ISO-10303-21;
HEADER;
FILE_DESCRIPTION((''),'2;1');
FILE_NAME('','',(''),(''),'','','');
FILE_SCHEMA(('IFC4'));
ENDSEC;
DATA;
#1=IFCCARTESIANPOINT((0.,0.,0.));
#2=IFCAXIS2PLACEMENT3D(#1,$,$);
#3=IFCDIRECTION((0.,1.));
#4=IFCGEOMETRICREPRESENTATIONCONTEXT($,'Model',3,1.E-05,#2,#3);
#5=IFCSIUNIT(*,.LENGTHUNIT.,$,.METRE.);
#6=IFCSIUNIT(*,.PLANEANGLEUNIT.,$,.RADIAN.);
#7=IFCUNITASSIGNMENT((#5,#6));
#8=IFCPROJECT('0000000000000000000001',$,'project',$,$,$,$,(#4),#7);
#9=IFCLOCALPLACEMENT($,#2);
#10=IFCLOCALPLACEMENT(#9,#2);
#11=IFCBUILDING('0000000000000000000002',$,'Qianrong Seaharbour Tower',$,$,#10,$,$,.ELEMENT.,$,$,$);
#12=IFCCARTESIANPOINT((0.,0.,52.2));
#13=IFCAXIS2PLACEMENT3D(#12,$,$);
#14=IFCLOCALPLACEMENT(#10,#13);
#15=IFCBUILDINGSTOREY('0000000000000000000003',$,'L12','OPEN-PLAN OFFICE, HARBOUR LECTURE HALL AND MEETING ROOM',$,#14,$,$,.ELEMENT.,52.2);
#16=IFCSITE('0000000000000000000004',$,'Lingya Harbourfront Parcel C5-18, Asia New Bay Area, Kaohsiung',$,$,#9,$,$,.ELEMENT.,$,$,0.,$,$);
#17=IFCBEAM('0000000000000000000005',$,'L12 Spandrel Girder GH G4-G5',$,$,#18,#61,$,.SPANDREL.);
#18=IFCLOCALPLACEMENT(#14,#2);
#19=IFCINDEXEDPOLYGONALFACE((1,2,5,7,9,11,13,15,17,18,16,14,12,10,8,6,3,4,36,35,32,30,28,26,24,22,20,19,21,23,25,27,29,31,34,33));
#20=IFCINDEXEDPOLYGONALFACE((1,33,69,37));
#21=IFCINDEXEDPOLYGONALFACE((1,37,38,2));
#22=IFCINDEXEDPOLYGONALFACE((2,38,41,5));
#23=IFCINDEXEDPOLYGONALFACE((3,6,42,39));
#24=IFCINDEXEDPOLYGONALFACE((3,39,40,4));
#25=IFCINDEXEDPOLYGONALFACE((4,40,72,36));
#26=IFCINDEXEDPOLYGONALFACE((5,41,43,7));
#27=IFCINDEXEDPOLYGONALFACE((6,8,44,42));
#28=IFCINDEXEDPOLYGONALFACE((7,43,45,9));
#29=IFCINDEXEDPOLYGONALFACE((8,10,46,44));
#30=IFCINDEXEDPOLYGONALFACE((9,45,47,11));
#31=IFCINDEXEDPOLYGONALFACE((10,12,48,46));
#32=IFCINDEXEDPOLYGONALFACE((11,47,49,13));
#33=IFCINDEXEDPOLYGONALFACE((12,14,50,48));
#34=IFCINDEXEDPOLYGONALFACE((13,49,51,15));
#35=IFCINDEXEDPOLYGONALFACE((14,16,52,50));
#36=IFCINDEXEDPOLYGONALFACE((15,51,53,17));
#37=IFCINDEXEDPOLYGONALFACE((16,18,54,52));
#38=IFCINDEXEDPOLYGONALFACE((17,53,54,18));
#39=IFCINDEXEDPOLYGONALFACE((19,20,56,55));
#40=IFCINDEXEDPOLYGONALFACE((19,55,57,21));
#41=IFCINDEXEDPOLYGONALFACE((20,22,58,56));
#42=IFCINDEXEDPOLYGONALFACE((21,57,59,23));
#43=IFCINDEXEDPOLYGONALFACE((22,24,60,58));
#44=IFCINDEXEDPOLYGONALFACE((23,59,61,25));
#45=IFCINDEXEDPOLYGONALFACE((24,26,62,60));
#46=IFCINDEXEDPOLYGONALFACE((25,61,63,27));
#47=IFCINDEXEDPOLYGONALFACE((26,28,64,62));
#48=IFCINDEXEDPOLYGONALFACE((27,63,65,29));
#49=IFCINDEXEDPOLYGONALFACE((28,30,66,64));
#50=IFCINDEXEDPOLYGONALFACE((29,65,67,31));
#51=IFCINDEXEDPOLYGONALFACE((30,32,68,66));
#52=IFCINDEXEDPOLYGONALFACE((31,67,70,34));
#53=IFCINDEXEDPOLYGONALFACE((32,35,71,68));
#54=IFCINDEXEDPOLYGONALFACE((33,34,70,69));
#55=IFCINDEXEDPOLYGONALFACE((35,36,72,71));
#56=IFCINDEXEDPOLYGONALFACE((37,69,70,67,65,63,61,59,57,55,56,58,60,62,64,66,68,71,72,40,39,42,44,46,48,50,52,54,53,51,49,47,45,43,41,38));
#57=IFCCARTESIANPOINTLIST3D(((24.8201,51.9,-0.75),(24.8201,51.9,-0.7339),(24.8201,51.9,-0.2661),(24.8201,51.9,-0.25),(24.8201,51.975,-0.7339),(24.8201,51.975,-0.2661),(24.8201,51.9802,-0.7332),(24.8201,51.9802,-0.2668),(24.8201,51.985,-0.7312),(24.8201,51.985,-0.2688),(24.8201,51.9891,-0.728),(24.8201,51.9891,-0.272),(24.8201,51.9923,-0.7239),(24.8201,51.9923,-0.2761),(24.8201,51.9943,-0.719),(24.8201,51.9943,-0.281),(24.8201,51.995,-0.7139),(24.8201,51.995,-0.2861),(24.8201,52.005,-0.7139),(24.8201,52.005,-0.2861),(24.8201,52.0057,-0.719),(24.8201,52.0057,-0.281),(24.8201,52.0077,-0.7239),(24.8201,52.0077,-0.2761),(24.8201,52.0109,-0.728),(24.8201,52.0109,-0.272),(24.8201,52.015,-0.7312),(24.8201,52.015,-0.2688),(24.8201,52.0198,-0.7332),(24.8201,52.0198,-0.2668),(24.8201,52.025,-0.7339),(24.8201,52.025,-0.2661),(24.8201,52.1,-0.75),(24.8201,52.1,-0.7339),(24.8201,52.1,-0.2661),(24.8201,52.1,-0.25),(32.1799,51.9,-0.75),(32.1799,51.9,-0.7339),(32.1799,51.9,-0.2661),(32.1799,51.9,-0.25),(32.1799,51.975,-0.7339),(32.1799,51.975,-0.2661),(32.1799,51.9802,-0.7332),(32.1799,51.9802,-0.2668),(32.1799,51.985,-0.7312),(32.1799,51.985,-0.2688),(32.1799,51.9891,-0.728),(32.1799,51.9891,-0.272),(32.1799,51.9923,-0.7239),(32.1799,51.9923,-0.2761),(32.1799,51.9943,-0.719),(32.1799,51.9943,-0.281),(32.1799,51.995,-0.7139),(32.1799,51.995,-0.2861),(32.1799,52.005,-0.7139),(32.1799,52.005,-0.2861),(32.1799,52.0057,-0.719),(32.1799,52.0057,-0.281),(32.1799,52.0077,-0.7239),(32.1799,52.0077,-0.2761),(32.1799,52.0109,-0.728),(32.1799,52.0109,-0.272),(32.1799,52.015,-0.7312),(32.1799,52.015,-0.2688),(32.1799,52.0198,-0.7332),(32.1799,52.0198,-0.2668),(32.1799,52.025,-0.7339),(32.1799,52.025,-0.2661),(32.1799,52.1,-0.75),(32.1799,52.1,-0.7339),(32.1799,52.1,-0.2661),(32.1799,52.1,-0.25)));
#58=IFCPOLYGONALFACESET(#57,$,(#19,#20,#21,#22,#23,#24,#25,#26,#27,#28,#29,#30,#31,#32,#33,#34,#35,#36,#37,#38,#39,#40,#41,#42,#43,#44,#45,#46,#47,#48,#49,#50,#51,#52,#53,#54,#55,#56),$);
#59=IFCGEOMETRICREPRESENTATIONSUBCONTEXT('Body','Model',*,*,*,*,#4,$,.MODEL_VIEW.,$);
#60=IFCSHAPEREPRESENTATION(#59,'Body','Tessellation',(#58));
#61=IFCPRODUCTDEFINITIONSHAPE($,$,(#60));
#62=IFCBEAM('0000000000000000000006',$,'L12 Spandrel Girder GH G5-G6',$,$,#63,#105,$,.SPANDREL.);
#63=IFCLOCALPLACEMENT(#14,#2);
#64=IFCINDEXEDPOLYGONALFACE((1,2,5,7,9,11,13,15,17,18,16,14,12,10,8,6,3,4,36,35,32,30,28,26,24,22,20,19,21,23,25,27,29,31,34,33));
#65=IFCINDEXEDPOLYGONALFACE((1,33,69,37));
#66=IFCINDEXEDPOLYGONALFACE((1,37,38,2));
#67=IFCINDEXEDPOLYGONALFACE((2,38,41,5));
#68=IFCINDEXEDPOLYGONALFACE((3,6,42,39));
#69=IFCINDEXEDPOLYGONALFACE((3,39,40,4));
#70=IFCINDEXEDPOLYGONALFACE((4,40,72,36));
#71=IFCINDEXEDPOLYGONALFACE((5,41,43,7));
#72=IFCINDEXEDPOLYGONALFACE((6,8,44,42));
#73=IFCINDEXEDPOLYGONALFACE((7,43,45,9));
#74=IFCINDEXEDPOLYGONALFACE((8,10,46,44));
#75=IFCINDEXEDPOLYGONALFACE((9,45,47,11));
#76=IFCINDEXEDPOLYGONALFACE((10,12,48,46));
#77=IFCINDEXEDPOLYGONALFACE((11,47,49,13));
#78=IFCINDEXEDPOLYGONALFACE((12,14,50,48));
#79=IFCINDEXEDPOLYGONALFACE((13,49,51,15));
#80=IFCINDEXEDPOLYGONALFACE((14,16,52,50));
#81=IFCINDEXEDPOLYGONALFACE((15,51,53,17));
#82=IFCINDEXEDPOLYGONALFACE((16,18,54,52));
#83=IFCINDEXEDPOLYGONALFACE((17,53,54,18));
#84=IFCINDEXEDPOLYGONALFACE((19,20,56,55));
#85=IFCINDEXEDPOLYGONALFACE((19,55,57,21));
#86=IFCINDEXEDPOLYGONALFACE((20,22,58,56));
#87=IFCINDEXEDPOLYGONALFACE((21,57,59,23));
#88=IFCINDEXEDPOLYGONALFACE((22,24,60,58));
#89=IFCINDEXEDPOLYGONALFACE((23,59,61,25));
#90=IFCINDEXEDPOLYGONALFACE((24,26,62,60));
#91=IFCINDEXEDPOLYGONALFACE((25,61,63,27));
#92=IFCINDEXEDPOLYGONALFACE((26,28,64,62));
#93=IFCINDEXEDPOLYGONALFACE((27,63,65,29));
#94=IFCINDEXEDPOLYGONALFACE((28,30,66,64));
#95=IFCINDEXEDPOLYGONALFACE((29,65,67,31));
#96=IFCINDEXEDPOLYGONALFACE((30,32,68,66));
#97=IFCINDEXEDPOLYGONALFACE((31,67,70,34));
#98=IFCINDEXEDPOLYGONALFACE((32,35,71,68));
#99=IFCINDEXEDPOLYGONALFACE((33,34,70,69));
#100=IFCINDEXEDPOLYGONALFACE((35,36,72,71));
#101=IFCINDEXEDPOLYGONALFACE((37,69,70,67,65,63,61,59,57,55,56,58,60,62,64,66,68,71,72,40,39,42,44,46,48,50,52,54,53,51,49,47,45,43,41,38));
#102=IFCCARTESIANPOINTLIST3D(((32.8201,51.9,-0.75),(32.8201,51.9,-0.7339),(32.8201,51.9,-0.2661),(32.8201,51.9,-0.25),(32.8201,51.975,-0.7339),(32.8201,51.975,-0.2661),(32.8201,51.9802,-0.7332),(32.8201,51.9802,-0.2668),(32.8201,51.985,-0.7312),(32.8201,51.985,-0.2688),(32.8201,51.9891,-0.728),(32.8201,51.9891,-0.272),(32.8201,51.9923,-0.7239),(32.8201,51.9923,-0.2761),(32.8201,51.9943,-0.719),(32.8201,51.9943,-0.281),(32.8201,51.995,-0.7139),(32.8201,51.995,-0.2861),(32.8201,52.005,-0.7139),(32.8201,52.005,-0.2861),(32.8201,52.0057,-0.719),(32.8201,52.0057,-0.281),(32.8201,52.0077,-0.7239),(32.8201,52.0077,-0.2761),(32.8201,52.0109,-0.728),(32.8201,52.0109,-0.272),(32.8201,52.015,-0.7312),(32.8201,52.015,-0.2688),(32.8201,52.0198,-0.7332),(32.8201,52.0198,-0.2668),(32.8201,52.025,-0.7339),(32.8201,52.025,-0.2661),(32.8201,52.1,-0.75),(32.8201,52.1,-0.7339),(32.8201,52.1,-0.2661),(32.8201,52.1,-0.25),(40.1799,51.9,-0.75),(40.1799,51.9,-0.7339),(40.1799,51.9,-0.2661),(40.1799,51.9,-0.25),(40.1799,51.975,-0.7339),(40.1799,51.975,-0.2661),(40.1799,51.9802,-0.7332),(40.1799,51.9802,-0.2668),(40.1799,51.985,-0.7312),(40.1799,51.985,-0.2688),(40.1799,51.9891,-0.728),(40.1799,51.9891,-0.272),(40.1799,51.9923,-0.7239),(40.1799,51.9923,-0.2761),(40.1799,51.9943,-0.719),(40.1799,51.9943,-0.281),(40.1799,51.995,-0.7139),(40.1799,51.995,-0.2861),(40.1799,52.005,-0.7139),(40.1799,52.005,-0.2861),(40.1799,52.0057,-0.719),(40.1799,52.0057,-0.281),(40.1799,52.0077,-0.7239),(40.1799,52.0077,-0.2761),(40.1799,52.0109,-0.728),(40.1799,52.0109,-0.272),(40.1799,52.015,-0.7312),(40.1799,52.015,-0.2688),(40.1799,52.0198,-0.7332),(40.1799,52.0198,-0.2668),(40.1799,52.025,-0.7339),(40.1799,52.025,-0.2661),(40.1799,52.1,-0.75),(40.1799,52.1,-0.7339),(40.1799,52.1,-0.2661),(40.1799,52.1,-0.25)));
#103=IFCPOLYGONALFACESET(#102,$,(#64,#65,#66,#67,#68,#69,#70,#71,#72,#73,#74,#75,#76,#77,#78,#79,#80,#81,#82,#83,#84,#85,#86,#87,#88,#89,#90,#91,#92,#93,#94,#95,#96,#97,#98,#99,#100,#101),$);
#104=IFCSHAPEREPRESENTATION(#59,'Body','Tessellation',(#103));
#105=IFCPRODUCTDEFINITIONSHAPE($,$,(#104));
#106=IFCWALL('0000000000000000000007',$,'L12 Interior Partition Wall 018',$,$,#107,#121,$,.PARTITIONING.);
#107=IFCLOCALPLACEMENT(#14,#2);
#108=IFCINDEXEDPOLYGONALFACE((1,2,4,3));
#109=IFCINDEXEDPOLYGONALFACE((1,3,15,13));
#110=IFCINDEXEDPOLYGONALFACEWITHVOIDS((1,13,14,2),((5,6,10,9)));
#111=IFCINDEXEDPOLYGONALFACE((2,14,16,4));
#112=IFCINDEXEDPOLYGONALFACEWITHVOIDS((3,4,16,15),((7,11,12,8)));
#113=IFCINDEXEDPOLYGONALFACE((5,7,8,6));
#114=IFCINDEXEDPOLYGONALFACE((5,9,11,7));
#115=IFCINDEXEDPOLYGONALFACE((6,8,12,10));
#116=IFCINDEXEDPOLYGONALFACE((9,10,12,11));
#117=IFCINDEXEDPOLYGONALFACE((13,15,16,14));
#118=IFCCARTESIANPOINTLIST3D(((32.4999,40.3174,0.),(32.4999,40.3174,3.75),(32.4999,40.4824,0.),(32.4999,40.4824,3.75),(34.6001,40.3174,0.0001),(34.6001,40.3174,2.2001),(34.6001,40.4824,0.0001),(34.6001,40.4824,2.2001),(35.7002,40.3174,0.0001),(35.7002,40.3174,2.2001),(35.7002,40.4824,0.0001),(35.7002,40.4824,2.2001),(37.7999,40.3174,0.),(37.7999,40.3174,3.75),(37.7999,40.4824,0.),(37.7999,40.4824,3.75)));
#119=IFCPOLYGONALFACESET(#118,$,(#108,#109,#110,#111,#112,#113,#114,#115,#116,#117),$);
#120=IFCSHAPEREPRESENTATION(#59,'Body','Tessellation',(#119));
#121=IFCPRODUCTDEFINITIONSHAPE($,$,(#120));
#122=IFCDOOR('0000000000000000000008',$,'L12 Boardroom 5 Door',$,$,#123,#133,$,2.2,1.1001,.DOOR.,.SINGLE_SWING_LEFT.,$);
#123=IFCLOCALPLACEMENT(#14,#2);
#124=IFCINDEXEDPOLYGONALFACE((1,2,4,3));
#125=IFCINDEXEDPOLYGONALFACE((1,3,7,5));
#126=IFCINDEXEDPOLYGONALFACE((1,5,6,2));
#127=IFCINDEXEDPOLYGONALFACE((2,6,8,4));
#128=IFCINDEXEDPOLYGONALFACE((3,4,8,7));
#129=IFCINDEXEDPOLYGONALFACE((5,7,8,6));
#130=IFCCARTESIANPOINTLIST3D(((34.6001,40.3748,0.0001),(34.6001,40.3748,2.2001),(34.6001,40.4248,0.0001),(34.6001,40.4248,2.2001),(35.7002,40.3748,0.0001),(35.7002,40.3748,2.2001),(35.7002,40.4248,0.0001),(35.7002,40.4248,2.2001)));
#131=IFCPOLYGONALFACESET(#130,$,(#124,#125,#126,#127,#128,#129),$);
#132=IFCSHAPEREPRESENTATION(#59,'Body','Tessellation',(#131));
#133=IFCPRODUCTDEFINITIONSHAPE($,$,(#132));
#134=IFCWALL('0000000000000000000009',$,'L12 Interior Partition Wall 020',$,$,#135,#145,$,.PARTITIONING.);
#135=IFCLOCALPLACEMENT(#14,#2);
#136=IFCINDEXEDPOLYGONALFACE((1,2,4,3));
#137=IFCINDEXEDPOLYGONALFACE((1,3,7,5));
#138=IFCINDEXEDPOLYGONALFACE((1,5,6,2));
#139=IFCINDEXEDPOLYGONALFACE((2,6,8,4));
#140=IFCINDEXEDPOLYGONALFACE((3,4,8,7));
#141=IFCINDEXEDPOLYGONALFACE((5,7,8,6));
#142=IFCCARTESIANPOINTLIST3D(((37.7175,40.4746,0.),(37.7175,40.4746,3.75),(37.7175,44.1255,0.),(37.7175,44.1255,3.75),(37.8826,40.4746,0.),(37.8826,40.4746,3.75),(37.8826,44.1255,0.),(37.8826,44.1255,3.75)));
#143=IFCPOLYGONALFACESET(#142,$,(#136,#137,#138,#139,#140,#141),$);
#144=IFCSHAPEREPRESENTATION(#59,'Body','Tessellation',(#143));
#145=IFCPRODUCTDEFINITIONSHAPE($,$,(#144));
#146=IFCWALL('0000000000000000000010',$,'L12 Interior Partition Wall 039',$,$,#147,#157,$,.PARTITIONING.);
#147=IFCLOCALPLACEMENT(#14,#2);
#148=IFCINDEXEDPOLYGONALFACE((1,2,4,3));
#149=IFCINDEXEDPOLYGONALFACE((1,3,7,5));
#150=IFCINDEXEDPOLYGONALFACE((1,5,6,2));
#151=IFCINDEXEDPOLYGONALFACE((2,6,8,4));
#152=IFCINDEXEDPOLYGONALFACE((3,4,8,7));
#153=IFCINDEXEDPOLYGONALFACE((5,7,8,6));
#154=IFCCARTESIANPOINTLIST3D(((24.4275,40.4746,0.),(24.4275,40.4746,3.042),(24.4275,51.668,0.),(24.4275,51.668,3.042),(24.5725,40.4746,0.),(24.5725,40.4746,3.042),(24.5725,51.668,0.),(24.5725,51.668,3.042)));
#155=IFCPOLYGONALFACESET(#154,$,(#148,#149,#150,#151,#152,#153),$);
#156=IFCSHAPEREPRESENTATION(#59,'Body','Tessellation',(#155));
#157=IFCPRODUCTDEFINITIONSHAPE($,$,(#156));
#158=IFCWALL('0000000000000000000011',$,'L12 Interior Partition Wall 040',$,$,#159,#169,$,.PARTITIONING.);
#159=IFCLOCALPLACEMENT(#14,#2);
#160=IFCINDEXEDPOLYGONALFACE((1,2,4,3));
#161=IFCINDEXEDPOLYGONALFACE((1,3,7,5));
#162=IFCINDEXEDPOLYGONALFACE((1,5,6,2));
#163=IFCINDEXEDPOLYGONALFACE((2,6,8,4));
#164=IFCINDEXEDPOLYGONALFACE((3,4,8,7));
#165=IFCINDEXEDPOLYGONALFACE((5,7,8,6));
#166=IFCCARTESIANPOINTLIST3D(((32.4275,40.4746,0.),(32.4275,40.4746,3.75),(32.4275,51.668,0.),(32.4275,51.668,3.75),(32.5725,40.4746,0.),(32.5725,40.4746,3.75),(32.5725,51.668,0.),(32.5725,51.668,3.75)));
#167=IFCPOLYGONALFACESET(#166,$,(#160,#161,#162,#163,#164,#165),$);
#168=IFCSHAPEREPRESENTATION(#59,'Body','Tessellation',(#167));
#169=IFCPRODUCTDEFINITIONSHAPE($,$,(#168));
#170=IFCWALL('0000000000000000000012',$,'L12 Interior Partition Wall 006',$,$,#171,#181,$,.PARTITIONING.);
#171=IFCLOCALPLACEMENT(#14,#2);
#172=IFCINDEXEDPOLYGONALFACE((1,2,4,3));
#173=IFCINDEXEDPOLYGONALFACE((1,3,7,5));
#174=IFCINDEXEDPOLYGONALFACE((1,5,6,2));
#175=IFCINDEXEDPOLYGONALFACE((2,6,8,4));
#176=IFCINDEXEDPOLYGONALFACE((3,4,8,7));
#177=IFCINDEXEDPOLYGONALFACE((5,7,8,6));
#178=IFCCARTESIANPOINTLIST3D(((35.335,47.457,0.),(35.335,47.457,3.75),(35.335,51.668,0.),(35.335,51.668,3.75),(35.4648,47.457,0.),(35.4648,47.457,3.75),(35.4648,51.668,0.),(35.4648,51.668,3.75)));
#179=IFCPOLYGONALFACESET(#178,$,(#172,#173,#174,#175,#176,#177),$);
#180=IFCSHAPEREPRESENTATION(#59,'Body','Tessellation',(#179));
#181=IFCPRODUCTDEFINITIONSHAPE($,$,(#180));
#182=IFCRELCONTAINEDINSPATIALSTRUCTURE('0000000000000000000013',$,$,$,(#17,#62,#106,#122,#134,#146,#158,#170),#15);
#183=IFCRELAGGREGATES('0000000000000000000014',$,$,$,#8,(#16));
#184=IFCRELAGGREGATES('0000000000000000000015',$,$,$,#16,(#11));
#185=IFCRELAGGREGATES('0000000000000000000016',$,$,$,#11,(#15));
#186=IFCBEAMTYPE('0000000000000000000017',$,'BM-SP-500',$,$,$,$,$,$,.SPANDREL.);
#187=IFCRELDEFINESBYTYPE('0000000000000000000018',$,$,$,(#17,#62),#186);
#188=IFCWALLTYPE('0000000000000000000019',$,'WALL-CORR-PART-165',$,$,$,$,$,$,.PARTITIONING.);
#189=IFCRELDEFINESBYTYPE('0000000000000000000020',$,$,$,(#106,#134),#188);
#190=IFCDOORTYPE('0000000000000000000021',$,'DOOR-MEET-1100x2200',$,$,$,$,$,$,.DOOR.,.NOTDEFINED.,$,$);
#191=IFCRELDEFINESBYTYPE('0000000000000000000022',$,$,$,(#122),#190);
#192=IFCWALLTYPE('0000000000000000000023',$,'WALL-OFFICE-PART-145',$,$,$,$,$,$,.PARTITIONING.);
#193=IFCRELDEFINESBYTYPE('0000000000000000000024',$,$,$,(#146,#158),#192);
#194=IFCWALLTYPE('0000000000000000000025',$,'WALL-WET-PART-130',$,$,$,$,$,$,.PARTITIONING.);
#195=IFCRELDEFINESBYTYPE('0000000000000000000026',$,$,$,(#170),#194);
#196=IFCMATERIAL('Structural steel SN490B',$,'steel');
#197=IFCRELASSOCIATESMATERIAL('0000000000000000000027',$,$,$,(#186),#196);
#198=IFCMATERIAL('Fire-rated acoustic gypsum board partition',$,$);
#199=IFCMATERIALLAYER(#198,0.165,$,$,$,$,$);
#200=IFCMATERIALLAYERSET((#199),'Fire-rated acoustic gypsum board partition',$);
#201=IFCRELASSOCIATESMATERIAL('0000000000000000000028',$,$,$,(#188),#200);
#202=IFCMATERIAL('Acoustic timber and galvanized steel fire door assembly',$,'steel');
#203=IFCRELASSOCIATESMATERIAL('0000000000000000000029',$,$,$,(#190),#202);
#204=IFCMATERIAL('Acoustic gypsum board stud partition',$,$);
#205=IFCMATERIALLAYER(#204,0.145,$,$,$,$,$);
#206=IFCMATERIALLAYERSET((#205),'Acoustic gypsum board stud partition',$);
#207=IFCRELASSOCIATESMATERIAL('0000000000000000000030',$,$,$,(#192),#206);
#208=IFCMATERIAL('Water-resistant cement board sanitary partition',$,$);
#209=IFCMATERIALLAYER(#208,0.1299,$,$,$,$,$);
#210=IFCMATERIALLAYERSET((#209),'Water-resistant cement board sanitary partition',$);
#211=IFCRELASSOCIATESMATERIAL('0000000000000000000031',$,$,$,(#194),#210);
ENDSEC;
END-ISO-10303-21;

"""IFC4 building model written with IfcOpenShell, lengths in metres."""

from ifc_helpers import new_model, si_unit, direction, frame, frame_2d, origin, origin_2d, place, context, subcontext, project, spatial, rectangle, i_section, extrude, material, layer, layer_set, material_profile, profile_set, type_object, element, fill, save


model = new_model("IFC4")

# Units and contexts
model_context = context("Model", 3, precision=1e-05, world=origin(), true_north=direction((0.0, 1.0)))
body_context = subcontext(model_context, "Body", "Model", "MODEL_VIEW")
ifc_project = project(units=[si_unit("LENGTHUNIT", "METRE"), si_unit("PLANEANGLEUNIT", "RADIAN")], contexts=[model_context])

# Site, building, storey
site_placement = place(None, origin())
site = spatial("IfcSite", under=ifc_project, at=site_placement, Name="Lingya Harbourfront Parcel C5-18, Asia New Bay Area, Kaohsiung", CompositionType="ELEMENT", RefElevation=0.0)
building_placement = place(site_placement, origin())
building = spatial("IfcBuilding", under=site, at=building_placement, Name="Qianrong Seaharbour Tower", CompositionType="ELEMENT")
storey_placement = place(building_placement, frame((0.0, 0.0, 52.2)))
storey = spatial("IfcBuildingStorey", under=building, at=storey_placement, Name="L12", Description="OPEN-PLAN OFFICE, HARBOUR LECTURE HALL AND MEETING ROOM", CompositionType="ELEMENT", Elevation=52.2)

# Shared definitions
ifc_material_1 = material(Name="Structural steel SN490B", Category="steel")

# Beams
ifc_material_profile_1 = material_profile(ifc_material_1, i_section(OverallWidth=0.2, OverallDepth=0.5, WebThickness=0.01, FlangeThickness=0.0161, FilletRadius=0.02, at=origin_2d()), Name="H500x200x10x16")
ifc_profile_set_1 = profile_set([ifc_material_profile_1], Name="Structural steel SN490B")
beam_type_1 = type_object("IfcBeamType", Name="BM-SP-500", PredefinedType="SPANDREL", material=ifc_profile_set_1)
for number, where, z_axis, x_axis, name in (
    (1, (24.8201, 52.0, -0.5), (1.0, 0.0, 0.0), (0.0, 1.0, 0.0), "L12 Spandrel Girder GH G4-G5"),
    (2, (32.8201, 52.0, -0.5), (1.0, 0.0, 0.0), (0.0, 1.0, 0.0), "L12 Spandrel Girder GH G5-G6"),
):
    element("IfcBeam", number, at=place(storey_placement, frame(where, z_axis=z_axis, x_axis=x_axis)), inside=storey, type_object=beam_type_1, Name=name, PredefinedType="SPANDREL", context=body_context, shape_type="SweptSolid", body=[
        extrude(i_section(OverallWidth=0.2, OverallDepth=0.5, WebThickness=0.01, FlangeThickness=0.0161, FilletRadius=0.02, at=origin_2d()), origin(), (0.0, 0.0, 1.0), 7.3599),
    ])

# Wall, opening, door
ifc_material_2 = material(Name="Fire-rated acoustic gypsum board partition")
ifc_layer_1 = layer(ifc_material_2, 0.165)
ifc_layer_set_1 = layer_set([ifc_layer_1], Name="Fire-rated acoustic gypsum board partition")
wall_type_1 = type_object("IfcWallType", Name="WALL-CORR-PART-165", PredefinedType="PARTITIONING", material=ifc_layer_set_1)
wall_1_placement = place(storey_placement, frame((32.5, 40.3999, 0.0), z_axis=(0.0, 0.0, 1.0), x_axis=(1.0, 0.0, 0.0)))
wall_1 = element("IfcWall", 3, at=wall_1_placement, inside=storey, type_object=wall_type_1, Name="L12 Interior Partition Wall 018", PredefinedType="PARTITIONING", context=body_context, shape_type="SweptSolid", body=[
    extrude(rectangle(XDim=5.3, YDim=0.165, at=frame_2d((2.6499, 0.0))), origin(), (0.0, 0.0, 1.0), 3.75),
])
opening_1_placement = place(wall_1_placement, frame((2.1001, 0.0, 0.0)))
opening_1 = element("IfcOpeningElement", 4, at=opening_1_placement, cuts=wall_1, PredefinedType="OPENING", context=body_context, shape_type="SweptSolid", body=[
    extrude(rectangle(XDim=1.1001, YDim=2.2, at=frame_2d((0.55, 1.1001))), frame((0.0, 0.0925, 0.0), z_axis=(0.0, -1.0, 0.0), x_axis=(1.0, 0.0, 0.0)), (0.0, 0.0, 1.0), 0.1851),
])
ifc_material_3 = material(Name="Acoustic timber and galvanized steel fire door assembly", Category="steel")
door_type_1 = type_object("IfcDoorType", Name="DOOR-MEET-1100x2200", OperationType="NOTDEFINED", PredefinedType="DOOR", material=ifc_material_3)
door_1_placement = place(opening_1_placement, origin())
door_1 = element("IfcDoor", 5, at=door_1_placement, inside=storey, type_object=door_type_1, Name="L12 Boardroom 5 Door", OperationType="SINGLE_SWING_LEFT", OverallHeight=2.2, OverallWidth=1.1001, PredefinedType="DOOR", context=body_context, shape_type="SweptSolid", body=[
    extrude(rectangle(XDim=1.1001, YDim=2.2, at=frame_2d((0.55, 1.1001))), frame((0.0, 0.0249, 0.0), z_axis=(0.0, -1.0, 0.0), x_axis=(1.0, 0.0, 0.0)), (0.0, 0.0, 1.0), 0.05),
])
fill(opening_1, door_1)

# Walls
wall_2_placement = place(storey_placement, frame((37.8, 40.4746, 0.0), z_axis=(0.0, 0.0, 1.0), x_axis=(0.0, 1.0, 0.0)))
element("IfcWall", 6, at=wall_2_placement, inside=storey, type_object=wall_type_1, Name="L12 Interior Partition Wall 020", PredefinedType="PARTITIONING", context=body_context, shape_type="SweptSolid", body=[
    extrude(rectangle(XDim=3.6509, YDim=0.165, at=frame_2d((1.8254, 0.0))), origin(), (0.0, 0.0, 1.0), 3.75),
])
ifc_material_4 = material(Name="Acoustic gypsum board stud partition")
ifc_layer_2 = layer(ifc_material_4, 0.145)
ifc_layer_set_2 = layer_set([ifc_layer_2], Name="Acoustic gypsum board stud partition")
wall_type_2 = type_object("IfcWallType", Name="WALL-OFFICE-PART-145", PredefinedType="PARTITIONING", material=ifc_layer_set_2)
wall_3_placement = place(storey_placement, frame((24.5, 51.668, 0.0), z_axis=(0.0, 0.0, 1.0), x_axis=(0.0, -1.0, 0.0)))
element("IfcWall", 7, at=wall_3_placement, inside=storey, type_object=wall_type_2, Name="L12 Interior Partition Wall 039", PredefinedType="PARTITIONING", context=body_context, shape_type="SweptSolid", body=[
    extrude(rectangle(XDim=11.1934, YDim=0.145, at=frame_2d((5.5967, 0.0))), origin(), (0.0, 0.0, 1.0), 3.042),
])
wall_4_placement = place(storey_placement, frame((32.5, 51.668, 0.0), z_axis=(0.0, 0.0, 1.0), x_axis=(0.0, -1.0, 0.0)))
element("IfcWall", 8, at=wall_4_placement, inside=storey, type_object=wall_type_2, Name="L12 Interior Partition Wall 040", PredefinedType="PARTITIONING", context=body_context, shape_type="SweptSolid", body=[
    extrude(rectangle(XDim=11.1934, YDim=0.145, at=frame_2d((5.5967, 0.0))), origin(), (0.0, 0.0, 1.0), 3.75),
])
ifc_material_5 = material(Name="Water-resistant cement board sanitary partition")
ifc_layer_3 = layer(ifc_material_5, 0.1299)
ifc_layer_set_3 = layer_set([ifc_layer_3], Name="Water-resistant cement board sanitary partition")
wall_type_3 = type_object("IfcWallType", Name="WALL-WET-PART-130", PredefinedType="PARTITIONING", material=ifc_layer_set_3)
wall_5_placement = place(storey_placement, frame((35.3999, 47.457, 0.0), z_axis=(0.0, 0.0, 1.0), x_axis=(0.0, 1.0, 0.0)))
element("IfcWall", 9, at=wall_5_placement, inside=storey, type_object=wall_type_3, Name="L12 Interior Partition Wall 006", PredefinedType="PARTITIONING", context=body_context, shape_type="SweptSolid", body=[
    extrude(rectangle(XDim=4.2109, YDim=0.1299, at=frame_2d((2.1055, 0.0))), origin(), (0.0, 0.0, 1.0), 3.75),
])

save(model, "model.ifc")
